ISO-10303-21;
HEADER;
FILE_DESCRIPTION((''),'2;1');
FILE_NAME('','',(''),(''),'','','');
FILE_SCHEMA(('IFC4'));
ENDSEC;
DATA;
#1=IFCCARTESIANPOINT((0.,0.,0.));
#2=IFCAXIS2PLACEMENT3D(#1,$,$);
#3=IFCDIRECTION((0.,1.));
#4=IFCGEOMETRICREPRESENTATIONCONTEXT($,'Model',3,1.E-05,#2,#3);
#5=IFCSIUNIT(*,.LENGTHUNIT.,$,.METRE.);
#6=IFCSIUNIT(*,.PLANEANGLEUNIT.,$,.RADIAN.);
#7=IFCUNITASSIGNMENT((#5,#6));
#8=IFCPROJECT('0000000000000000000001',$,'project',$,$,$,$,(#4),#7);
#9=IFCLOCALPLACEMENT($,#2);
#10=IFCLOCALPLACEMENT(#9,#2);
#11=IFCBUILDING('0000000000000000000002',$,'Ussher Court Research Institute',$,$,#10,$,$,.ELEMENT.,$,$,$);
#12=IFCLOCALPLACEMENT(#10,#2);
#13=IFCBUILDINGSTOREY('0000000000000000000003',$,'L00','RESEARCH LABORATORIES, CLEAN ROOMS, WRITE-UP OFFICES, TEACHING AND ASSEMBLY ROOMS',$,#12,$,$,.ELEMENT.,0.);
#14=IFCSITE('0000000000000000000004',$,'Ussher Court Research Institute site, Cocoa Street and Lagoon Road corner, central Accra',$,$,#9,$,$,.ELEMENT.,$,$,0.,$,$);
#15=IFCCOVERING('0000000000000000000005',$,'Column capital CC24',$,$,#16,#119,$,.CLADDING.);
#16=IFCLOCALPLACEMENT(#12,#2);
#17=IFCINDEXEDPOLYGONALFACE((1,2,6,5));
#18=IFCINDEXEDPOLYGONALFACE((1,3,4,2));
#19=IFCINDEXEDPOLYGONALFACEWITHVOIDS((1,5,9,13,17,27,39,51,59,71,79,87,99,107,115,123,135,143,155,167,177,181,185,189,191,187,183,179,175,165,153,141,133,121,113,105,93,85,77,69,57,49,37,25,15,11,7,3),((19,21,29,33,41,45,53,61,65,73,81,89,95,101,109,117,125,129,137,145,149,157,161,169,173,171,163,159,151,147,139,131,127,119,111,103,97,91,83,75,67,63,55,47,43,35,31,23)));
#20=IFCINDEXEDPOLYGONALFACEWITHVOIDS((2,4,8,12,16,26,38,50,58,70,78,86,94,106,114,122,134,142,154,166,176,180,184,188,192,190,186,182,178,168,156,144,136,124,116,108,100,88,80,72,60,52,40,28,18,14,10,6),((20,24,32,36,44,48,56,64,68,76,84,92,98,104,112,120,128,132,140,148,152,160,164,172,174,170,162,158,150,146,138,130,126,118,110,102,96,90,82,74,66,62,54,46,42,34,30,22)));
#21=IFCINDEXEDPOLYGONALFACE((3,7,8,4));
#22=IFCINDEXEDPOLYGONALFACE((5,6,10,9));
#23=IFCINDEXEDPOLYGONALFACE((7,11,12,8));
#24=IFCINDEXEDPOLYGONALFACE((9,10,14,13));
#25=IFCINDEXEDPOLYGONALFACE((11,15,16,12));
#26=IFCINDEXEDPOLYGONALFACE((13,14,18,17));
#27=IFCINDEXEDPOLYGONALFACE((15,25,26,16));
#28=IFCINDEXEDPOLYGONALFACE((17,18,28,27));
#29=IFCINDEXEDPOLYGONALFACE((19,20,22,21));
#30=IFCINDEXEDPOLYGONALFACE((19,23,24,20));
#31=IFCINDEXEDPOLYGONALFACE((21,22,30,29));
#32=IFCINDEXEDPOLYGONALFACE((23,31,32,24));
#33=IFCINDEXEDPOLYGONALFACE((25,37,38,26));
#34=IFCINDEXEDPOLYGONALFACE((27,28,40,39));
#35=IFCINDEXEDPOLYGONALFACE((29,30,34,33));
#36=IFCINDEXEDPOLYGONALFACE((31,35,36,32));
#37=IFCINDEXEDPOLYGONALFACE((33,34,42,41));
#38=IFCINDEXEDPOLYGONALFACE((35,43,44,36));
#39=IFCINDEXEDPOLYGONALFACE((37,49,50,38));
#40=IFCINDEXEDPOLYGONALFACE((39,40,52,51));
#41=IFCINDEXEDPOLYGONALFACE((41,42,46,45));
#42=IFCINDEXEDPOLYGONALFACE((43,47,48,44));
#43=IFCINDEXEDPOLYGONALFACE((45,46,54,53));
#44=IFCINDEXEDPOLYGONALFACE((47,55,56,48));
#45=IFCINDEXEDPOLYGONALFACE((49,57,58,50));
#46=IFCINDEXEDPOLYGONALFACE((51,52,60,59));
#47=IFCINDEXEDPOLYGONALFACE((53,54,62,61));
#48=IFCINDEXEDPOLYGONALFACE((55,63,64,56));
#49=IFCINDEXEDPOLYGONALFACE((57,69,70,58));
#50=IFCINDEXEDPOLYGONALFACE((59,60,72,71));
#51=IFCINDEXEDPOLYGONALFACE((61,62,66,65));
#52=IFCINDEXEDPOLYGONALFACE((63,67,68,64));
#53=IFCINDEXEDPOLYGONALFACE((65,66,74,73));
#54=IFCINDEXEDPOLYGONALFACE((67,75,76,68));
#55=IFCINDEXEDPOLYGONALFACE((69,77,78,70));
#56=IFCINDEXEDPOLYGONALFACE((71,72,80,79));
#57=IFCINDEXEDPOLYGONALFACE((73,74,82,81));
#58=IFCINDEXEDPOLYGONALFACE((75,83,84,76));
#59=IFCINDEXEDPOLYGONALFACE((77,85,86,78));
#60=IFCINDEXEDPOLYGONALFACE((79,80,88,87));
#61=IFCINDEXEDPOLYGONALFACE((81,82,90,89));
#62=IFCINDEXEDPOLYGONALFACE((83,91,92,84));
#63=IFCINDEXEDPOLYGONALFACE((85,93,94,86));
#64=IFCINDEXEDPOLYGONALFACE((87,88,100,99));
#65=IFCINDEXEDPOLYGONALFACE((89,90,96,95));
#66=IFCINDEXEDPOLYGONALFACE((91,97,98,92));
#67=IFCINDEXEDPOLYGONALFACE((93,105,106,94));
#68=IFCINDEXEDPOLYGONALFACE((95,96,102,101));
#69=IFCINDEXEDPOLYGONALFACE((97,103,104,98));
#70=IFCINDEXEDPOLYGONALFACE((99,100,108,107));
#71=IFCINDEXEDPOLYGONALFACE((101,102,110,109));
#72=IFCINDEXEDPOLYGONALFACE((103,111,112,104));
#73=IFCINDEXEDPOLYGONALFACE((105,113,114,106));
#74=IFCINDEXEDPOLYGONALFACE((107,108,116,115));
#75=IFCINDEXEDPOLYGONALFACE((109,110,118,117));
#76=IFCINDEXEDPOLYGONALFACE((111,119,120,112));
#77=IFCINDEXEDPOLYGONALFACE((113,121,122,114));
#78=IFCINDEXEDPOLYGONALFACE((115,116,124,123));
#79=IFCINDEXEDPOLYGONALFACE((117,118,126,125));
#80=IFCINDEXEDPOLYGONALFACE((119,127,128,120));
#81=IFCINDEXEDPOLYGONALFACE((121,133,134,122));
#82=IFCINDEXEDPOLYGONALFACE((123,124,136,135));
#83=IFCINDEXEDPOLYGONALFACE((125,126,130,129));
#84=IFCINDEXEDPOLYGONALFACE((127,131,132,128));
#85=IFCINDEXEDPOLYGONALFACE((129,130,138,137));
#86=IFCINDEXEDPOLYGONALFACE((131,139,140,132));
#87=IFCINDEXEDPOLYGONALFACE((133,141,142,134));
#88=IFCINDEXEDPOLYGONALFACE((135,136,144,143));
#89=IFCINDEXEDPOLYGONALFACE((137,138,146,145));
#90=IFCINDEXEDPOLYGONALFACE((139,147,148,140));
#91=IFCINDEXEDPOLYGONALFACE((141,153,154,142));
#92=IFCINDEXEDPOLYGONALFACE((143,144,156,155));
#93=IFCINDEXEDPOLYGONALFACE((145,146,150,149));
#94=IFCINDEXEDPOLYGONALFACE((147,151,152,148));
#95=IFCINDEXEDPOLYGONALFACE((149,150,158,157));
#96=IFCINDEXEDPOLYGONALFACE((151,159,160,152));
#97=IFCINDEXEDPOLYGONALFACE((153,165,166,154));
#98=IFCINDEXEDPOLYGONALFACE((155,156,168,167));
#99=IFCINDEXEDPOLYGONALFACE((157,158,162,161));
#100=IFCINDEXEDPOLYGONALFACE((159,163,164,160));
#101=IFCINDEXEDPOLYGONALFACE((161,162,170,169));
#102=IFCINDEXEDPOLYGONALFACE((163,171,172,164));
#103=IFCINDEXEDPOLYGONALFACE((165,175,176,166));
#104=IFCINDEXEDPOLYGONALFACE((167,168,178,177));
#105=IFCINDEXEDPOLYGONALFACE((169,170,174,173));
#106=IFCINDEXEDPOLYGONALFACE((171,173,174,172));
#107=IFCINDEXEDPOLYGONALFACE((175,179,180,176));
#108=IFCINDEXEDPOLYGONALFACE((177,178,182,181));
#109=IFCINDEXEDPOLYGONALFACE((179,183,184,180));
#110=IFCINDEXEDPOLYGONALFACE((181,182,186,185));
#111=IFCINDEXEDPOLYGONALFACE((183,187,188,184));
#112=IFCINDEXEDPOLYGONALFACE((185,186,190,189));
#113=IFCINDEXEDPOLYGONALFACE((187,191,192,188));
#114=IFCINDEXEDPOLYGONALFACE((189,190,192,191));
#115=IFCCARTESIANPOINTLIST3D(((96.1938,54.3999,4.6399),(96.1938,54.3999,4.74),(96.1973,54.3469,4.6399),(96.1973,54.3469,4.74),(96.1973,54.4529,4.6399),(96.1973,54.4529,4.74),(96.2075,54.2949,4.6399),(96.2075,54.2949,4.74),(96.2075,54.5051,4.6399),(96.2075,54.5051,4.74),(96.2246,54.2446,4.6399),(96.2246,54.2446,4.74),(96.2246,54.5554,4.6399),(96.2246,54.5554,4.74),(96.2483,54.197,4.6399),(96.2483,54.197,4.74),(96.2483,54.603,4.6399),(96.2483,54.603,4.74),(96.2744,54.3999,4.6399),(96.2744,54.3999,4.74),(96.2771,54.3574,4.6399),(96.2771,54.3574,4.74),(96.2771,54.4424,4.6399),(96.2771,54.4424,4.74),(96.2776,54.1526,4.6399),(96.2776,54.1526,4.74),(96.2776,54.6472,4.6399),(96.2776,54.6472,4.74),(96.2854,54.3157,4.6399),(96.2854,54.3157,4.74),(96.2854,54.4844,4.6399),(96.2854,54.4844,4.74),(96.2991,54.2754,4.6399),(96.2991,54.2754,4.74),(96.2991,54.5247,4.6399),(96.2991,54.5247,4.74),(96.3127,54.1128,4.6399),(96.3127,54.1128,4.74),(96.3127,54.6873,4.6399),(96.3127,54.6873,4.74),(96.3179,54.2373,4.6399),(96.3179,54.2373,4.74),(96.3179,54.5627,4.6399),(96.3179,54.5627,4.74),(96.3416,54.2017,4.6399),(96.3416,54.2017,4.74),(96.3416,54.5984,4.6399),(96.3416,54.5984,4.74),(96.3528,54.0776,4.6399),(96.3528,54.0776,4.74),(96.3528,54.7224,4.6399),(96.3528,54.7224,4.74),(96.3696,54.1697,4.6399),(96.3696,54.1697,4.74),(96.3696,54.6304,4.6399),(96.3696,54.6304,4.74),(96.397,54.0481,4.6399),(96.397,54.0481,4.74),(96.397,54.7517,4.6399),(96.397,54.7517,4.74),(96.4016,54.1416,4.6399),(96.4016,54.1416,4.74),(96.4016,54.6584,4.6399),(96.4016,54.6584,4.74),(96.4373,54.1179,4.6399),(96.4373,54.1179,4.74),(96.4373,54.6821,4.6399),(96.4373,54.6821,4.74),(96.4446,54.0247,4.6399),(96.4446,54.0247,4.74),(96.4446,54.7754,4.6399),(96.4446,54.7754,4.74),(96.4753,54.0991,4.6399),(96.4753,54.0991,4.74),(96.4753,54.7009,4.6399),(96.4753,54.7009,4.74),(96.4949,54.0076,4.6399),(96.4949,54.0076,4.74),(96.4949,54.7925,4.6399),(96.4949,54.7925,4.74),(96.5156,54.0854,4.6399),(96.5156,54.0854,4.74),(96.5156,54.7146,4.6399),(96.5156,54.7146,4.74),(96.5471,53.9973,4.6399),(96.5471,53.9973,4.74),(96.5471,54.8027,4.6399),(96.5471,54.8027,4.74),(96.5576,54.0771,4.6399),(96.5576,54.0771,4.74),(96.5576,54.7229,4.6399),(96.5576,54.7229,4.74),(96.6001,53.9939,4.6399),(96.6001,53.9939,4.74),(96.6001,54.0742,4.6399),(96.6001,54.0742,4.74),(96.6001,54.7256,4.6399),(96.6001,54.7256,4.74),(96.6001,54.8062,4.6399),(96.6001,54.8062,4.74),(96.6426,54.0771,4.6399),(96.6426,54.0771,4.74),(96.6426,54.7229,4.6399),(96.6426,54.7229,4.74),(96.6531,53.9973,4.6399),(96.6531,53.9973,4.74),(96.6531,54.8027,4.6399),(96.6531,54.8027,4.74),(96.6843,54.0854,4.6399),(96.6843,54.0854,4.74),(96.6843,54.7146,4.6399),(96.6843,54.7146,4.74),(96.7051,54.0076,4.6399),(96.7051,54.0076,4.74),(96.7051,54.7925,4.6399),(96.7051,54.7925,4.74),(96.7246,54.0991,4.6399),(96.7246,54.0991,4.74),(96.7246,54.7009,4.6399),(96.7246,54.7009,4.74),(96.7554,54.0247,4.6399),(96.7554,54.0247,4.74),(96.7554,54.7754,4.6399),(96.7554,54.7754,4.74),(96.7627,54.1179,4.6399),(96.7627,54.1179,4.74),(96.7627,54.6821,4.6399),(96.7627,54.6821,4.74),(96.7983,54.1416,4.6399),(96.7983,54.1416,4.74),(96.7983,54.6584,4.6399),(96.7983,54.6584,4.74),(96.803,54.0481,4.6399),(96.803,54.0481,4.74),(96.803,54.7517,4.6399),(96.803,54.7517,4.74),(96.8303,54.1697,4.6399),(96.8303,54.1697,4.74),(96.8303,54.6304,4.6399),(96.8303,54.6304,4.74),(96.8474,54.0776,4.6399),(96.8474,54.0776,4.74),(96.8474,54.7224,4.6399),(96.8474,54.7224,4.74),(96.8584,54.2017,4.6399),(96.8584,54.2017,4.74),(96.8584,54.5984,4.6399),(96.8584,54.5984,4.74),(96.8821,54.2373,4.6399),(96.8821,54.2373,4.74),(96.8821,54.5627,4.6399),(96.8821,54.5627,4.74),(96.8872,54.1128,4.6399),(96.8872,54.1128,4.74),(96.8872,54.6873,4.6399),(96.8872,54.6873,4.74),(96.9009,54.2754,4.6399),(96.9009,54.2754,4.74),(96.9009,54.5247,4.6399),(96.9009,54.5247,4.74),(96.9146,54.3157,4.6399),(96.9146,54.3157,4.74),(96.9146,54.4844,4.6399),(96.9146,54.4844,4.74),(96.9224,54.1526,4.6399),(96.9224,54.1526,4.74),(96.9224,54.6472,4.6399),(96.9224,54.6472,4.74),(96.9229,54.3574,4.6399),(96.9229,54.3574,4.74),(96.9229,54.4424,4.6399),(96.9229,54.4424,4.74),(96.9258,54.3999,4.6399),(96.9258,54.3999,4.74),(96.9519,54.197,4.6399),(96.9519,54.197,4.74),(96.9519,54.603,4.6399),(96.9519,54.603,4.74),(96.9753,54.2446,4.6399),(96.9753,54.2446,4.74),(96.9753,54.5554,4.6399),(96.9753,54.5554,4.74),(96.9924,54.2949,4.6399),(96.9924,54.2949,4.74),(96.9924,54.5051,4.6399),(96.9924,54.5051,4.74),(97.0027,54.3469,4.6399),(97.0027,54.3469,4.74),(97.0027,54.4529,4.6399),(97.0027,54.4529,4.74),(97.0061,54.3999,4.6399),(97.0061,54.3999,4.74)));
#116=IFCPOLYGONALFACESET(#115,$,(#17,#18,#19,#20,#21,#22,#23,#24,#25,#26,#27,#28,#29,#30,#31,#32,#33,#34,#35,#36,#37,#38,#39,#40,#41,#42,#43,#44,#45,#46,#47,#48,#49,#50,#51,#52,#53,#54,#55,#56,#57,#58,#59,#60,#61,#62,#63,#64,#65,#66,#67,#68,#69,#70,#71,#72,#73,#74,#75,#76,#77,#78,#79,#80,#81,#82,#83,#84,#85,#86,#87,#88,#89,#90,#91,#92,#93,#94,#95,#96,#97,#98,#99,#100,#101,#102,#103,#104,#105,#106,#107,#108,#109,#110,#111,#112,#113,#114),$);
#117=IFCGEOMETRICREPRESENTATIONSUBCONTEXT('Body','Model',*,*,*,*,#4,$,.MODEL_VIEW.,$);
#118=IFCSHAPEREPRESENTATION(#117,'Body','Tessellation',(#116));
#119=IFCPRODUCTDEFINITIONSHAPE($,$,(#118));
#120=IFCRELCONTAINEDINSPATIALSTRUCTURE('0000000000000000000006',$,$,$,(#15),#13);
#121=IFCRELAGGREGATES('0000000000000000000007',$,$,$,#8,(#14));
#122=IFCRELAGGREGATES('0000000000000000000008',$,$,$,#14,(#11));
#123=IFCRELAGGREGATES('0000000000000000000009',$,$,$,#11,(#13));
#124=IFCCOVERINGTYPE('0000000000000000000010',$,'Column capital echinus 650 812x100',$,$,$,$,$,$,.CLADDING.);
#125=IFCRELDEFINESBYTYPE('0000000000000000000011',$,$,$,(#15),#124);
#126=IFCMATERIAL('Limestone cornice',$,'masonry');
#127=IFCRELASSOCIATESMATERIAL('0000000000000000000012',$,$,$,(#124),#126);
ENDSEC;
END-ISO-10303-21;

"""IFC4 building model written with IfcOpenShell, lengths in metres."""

from ifc_helpers import new_model, si_unit, direction, frame, origin, place, context, subcontext, project, spatial, polyline, outline, extrude, material, type_object, element, save


model = new_model("IFC4")

# Units and contexts
model_context = context("Model", 3, precision=1e-05, world=origin(), true_north=direction((0.0, 1.0)))
body_context = subcontext(model_context, "Body", "Model", "MODEL_VIEW")
ifc_project = project(units=[si_unit("LENGTHUNIT", "METRE"), si_unit("PLANEANGLEUNIT", "RADIAN")], contexts=[model_context])

# Site, building, storey
site_placement = place(None, origin())
site = spatial("IfcSite", under=ifc_project, at=site_placement, Name="Ussher Court Research Institute site, Cocoa Street and Lagoon Road corner, central Accra", CompositionType="ELEMENT", RefElevation=0.0)
building_placement = place(site_placement, origin())
building = spatial("IfcBuilding", under=site, at=building_placement, Name="Ussher Court Research Institute", CompositionType="ELEMENT")
storey_placement = place(building_placement, origin())
storey = spatial("IfcBuildingStorey", under=building, at=storey_placement, Name="L00", Description="RESEARCH LABORATORIES, CLEAN ROOMS, WRITE-UP OFFICES, TEACHING AND ASSEMBLY ROOMS", CompositionType="ELEMENT", Elevation=0.0)

# Covering
ifc_material_1 = material(Name="Limestone cornice", Category="masonry")
covering_type_1 = type_object("IfcCoveringType", Name="Column capital echinus 650 812x100", PredefinedType="CLADDING", material=ifc_material_1)
covering_1_placement = place(storey_placement, frame((0.0, 0.0, 4.6399)))
element("IfcCovering", 1, at=covering_1_placement, inside=storey, type_object=covering_type_1, Name="Column capital CC24", PredefinedType="CLADDING", context=body_context, shape_type="SweptSolid", body=[
    extrude(outline(polyline([(97.0061, 54.3999), (97.0027, 54.4529), (96.9924, 54.5051), (96.9753, 54.5554), (96.9519, 54.603), (96.9224, 54.6472), (96.8872, 54.6873), (96.8474, 54.7224), (96.803, 54.7517), (96.7554, 54.7754), (96.7051, 54.7925), (96.6531, 54.8027), (96.6001, 54.8062), (96.5471, 54.8027), (96.4949, 54.7925), (96.4446, 54.7754), (96.397, 54.7517), (96.3528, 54.7224), (96.3127, 54.6873), (96.2776, 54.6472), (96.2483, 54.603), (96.2246, 54.5554), (96.2075, 54.5051), (96.1973, 54.4529), (96.1938, 54.3999), (96.1973, 54.3469), (96.2075, 54.2949), (96.2246, 54.2446), (96.2483, 54.197), (96.2776, 54.1526), (96.3127, 54.1128), (96.3528, 54.0776), (96.397, 54.0481), (96.4446, 54.0247), (96.4949, 54.0076), (96.5471, 53.9973), (96.6001, 53.9939), (96.6531, 53.9973), (96.7051, 54.0076), (96.7554, 54.0247), (96.803, 54.0481), (96.8474, 54.0776), (96.8872, 54.1128), (96.9224, 54.1526), (96.9519, 54.197), (96.9753, 54.2446), (96.9924, 54.2949), (97.0027, 54.3469), (97.0061, 54.3999)]), holes=[polyline([(96.9258, 54.3999), (96.9229, 54.4424), (96.9146, 54.4844), (96.9009, 54.5247), (96.8821, 54.5627), (96.8584, 54.5984), (96.8303, 54.6304), (96.7983, 54.6584), (96.7627, 54.6821), (96.7246, 54.7009), (96.6843, 54.7146), (96.6426, 54.7229), (96.6001, 54.7256), (96.5576, 54.7229), (96.5156, 54.7146), (96.4753, 54.7009), (96.4373, 54.6821), (96.4016, 54.6584), (96.3696, 54.6304), (96.3416, 54.5984), (96.3179, 54.5627), (96.2991, 54.5247), (96.2854, 54.4844), (96.2771, 54.4424), (96.2744, 54.3999), (96.2771, 54.3574), (96.2854, 54.3157), (96.2991, 54.2754), (96.3179, 54.2373), (96.3416, 54.2017), (96.3696, 54.1697), (96.4016, 54.1416), (96.4373, 54.1179), (96.4753, 54.0991), (96.5156, 54.0854), (96.5576, 54.0771), (96.6001, 54.0742), (96.6426, 54.0771), (96.6843, 54.0854), (96.7246, 54.0991), (96.7627, 54.1179), (96.7983, 54.1416), (96.8303, 54.1697), (96.8584, 54.2017), (96.8821, 54.2373), (96.9009, 54.2754), (96.9146, 54.3157), (96.9229, 54.3574), (96.9258, 54.3999)])]), origin(), (0.0, 0.0, 1.0), 0.1001),
])

save(model, "model.ifc")
